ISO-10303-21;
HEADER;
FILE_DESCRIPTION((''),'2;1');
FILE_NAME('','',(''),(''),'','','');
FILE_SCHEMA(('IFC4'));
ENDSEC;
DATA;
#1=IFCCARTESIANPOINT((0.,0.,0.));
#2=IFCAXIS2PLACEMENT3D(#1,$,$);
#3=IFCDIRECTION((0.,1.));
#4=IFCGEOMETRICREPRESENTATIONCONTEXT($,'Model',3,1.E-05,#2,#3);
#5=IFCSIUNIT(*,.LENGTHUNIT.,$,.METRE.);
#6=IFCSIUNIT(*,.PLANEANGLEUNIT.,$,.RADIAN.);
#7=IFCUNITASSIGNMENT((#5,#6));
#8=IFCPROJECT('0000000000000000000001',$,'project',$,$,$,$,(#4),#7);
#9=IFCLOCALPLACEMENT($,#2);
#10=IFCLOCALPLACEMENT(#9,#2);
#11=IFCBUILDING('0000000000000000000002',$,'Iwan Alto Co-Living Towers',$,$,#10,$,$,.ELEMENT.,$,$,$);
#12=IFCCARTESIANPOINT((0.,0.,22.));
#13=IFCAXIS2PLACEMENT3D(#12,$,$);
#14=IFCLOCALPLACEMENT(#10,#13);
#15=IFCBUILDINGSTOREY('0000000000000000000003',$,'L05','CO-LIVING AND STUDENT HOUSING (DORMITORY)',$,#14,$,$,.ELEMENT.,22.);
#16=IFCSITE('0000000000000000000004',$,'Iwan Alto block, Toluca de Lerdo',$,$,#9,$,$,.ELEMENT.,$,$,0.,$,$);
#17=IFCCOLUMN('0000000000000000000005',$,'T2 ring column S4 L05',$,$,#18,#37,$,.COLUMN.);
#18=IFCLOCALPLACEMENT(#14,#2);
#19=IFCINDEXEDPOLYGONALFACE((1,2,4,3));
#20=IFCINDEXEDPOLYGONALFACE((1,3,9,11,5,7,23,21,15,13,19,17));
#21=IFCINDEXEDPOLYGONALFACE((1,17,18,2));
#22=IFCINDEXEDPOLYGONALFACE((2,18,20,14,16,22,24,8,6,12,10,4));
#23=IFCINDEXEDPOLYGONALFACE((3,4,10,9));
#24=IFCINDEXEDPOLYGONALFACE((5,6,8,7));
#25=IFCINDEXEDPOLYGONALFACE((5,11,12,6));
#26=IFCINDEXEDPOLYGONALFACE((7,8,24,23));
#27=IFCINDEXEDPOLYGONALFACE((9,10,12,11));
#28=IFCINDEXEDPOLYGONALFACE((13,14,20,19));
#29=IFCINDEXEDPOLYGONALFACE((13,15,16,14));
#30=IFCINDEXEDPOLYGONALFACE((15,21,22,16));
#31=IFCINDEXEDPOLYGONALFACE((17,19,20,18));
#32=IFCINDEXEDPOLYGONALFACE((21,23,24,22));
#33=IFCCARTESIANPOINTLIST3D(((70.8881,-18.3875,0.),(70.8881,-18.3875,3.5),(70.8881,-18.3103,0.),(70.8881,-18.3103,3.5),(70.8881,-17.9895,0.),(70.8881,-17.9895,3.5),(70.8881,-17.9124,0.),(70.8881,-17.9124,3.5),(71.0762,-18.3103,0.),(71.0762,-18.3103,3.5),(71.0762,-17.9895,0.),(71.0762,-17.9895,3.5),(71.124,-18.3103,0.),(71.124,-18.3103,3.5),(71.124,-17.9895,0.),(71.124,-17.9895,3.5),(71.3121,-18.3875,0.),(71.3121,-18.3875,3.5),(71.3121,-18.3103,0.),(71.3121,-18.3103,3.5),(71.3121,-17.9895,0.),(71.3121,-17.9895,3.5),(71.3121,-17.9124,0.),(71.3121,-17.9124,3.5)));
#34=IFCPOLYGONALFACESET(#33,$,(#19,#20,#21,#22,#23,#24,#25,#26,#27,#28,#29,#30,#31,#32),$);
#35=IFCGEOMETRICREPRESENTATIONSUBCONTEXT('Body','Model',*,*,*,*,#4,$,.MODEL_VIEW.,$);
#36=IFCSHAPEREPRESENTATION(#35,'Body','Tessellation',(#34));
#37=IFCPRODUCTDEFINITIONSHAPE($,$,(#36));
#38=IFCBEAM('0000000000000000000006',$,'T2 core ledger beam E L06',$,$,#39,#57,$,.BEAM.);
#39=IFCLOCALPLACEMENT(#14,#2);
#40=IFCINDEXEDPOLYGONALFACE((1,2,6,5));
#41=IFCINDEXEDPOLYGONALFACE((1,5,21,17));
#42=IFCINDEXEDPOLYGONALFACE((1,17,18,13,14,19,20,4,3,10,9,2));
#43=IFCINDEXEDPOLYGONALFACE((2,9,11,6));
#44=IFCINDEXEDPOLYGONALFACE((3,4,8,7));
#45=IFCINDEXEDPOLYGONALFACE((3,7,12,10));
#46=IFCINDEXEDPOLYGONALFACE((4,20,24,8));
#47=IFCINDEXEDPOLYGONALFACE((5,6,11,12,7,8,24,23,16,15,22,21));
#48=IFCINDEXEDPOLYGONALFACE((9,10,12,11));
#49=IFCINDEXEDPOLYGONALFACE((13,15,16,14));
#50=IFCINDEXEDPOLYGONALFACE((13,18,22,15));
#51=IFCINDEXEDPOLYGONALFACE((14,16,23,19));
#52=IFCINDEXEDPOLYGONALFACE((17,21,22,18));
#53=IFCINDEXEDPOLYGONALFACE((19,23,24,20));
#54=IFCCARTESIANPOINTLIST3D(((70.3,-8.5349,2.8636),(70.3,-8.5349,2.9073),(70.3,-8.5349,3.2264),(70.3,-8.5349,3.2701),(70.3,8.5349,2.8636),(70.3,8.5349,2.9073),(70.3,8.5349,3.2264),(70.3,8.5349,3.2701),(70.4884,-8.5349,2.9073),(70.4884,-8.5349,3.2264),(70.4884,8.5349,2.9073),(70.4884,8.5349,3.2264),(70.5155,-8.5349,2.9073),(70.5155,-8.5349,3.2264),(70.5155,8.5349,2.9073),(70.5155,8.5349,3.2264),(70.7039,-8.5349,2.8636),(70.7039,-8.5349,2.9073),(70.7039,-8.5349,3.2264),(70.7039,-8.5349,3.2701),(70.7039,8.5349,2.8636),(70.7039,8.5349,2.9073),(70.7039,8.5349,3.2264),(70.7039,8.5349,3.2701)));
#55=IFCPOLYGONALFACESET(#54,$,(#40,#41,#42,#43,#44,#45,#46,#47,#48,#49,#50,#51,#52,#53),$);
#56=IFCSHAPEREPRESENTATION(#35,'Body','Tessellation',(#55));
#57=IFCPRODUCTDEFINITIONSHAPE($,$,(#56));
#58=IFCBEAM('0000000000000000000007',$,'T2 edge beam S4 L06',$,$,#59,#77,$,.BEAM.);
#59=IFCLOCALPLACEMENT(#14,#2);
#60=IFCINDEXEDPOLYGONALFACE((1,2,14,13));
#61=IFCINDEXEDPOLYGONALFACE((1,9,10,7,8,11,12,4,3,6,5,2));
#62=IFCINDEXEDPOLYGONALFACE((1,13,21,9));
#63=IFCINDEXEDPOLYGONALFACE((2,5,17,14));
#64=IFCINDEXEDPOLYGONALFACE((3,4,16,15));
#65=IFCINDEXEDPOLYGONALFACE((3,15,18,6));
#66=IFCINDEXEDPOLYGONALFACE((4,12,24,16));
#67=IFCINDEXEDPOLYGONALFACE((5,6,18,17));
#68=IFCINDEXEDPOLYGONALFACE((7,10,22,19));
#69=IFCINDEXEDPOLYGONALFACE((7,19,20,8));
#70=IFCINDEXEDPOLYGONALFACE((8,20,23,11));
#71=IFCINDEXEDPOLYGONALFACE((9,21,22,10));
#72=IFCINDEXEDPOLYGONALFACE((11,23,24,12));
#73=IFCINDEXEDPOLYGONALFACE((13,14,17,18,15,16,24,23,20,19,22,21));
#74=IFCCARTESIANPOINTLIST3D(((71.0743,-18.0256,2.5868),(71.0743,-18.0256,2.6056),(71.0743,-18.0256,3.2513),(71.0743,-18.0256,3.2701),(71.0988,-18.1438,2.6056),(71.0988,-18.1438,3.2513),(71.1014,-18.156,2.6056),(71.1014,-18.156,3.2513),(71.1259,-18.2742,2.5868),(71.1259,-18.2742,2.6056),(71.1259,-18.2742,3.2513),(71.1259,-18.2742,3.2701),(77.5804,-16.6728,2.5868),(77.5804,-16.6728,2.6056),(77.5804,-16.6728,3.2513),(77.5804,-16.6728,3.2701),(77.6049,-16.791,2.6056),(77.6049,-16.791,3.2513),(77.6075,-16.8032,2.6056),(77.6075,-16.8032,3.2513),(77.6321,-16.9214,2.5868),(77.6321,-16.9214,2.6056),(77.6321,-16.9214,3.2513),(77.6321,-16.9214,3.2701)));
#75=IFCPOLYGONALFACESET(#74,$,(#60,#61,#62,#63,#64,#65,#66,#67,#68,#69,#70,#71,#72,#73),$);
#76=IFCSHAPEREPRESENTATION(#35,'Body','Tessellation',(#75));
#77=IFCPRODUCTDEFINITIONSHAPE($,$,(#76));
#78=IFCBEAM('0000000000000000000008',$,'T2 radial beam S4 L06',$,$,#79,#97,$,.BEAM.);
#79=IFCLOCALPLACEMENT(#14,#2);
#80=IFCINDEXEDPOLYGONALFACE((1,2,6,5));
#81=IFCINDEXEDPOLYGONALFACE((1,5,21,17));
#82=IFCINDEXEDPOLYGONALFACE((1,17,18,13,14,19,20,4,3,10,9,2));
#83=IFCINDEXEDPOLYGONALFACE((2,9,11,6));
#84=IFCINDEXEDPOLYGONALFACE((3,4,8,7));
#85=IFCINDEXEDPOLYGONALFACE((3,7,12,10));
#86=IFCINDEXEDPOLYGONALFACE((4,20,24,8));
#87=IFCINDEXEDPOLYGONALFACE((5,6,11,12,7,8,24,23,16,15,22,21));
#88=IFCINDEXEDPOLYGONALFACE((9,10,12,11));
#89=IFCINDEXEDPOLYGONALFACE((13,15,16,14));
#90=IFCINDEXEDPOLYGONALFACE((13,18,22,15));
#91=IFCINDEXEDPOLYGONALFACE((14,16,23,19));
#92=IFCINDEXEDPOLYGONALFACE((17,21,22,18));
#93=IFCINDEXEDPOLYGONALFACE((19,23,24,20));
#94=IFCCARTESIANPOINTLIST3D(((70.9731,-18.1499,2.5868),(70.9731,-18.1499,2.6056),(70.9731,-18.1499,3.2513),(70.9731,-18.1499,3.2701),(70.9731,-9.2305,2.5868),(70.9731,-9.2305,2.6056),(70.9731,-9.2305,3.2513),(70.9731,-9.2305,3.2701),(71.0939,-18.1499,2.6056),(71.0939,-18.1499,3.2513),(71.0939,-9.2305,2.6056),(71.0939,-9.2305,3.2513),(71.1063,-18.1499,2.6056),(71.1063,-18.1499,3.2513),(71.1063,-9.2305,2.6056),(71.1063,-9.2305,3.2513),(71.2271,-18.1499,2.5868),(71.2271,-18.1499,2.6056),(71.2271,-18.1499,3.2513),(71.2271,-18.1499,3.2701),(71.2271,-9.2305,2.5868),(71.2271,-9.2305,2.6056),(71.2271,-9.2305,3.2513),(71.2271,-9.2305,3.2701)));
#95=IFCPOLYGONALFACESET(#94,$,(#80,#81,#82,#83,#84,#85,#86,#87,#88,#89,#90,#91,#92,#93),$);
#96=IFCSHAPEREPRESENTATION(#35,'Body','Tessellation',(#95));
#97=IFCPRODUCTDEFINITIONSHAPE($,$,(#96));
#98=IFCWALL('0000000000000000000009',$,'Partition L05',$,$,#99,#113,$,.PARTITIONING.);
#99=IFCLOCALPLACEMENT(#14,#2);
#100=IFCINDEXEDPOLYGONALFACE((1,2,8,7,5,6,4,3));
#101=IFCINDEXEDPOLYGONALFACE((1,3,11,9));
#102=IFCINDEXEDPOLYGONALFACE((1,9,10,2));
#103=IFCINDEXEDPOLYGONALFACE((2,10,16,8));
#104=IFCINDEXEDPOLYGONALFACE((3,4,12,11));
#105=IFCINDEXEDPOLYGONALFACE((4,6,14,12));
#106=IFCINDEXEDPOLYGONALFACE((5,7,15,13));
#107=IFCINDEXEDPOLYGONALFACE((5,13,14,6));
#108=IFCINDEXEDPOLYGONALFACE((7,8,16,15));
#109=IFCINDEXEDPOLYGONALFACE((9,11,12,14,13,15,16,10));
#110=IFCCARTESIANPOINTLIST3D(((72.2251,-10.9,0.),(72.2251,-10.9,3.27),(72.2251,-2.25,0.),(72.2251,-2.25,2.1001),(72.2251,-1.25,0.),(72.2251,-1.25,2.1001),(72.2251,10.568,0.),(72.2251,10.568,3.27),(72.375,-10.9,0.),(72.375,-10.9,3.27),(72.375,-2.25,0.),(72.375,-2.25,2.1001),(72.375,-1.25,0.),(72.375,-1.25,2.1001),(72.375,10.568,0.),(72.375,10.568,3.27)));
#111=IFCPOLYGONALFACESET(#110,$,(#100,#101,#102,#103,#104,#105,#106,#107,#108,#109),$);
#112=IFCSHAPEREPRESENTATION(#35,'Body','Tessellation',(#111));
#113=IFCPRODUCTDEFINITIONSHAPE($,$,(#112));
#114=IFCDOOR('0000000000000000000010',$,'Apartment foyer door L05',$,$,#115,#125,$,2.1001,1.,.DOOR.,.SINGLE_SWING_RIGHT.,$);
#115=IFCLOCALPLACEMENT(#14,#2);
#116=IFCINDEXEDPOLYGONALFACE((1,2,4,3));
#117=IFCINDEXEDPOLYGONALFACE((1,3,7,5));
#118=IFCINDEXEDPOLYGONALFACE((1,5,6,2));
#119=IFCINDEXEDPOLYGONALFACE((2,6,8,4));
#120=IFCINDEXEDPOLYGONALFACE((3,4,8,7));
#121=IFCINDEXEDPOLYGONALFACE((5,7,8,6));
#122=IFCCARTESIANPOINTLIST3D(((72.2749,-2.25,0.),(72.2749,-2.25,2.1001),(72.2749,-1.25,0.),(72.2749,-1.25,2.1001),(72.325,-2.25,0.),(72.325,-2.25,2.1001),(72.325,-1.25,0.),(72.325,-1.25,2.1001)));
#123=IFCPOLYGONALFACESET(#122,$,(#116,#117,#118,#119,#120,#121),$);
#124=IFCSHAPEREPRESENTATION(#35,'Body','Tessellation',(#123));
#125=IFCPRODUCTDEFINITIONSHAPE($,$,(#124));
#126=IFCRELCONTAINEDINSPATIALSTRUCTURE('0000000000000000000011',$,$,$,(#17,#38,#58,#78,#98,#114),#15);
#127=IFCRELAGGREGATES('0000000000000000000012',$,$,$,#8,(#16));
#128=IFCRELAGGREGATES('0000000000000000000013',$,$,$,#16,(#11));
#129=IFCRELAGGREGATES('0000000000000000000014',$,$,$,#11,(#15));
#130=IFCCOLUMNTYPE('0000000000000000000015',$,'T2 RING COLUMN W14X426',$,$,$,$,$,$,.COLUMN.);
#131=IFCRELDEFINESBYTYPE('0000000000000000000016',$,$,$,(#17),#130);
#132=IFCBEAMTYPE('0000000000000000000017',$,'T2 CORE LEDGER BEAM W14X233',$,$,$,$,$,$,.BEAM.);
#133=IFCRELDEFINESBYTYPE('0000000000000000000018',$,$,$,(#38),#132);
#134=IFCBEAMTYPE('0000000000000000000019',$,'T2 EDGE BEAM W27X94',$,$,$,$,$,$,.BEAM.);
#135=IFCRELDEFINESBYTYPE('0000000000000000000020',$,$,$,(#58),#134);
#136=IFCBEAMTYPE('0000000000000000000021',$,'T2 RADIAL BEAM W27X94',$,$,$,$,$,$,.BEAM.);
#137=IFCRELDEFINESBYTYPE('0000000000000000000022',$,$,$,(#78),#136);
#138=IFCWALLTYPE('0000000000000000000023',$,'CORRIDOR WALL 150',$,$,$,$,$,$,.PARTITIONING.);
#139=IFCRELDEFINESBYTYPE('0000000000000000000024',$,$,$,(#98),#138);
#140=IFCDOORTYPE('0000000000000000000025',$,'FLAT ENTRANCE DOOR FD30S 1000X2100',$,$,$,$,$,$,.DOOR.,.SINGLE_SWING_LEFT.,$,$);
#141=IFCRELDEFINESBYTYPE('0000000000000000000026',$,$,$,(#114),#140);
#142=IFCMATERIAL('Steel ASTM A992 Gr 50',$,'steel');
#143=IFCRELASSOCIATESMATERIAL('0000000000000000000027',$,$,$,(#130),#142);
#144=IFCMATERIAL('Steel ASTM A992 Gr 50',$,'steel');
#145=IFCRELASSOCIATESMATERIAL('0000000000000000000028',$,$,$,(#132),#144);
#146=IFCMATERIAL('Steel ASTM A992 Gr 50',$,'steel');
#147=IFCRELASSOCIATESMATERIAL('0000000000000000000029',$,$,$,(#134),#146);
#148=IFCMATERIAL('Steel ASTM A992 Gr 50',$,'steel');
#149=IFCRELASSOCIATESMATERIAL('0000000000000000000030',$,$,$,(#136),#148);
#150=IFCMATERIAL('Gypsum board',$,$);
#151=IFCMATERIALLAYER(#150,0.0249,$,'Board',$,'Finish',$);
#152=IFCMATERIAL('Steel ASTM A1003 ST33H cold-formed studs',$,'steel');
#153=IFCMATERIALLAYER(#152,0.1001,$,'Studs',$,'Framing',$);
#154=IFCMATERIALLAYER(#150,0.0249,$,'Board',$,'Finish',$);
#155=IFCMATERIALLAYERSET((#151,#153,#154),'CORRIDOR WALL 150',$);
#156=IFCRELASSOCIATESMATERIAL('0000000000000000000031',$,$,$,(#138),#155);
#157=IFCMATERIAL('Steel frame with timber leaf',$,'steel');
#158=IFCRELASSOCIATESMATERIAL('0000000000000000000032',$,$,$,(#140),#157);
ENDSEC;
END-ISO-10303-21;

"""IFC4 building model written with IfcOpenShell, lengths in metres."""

from ifc_helpers import new_model, si_unit, direction, frame, frame_2d, origin, origin_2d, place, context, subcontext, project, spatial, rectangle, i_section, extrude, material, layer, layer_set, material_profile, profile_set, type_object, element, fill, save


model = new_model("IFC4")

# Units and contexts
model_context = context("Model", 3, precision=1e-05, world=origin(), true_north=direction((0.0, 1.0)))
body_context = subcontext(model_context, "Body", "Model", "MODEL_VIEW")
ifc_project = project(units=[si_unit("LENGTHUNIT", "METRE"), si_unit("PLANEANGLEUNIT", "RADIAN")], contexts=[model_context])

# Site, building, storey
site_placement = place(None, origin())
site = spatial("IfcSite", under=ifc_project, at=site_placement, Name="Iwan Alto block, Toluca de Lerdo", CompositionType="ELEMENT", RefElevation=0.0)
building_placement = place(site_placement, origin())
building = spatial("IfcBuilding", under=site, at=building_placement, Name="Iwan Alto Co-Living Towers", CompositionType="ELEMENT")
storey_placement = place(building_placement, frame((0.0, 0.0, 22.0)))
storey = spatial("IfcBuildingStorey", under=building, at=storey_placement, Name="L05", Description="CO-LIVING AND STUDENT HOUSING (DORMITORY)", CompositionType="ELEMENT", Elevation=22.0)

# Column
ifc_material_1 = material(Name="Steel ASTM A992 Gr 50", Category="steel")
ifc_material_profile_1 = material_profile(ifc_material_1, i_section(OverallWidth=0.4241, OverallDepth=0.4751, WebThickness=0.0479, FlangeThickness=0.0771, at=origin_2d()), Name="W14X426")
ifc_profile_set_1 = profile_set([ifc_material_profile_1], Name="Steel ASTM A992 Gr 50")
column_type = type_object("IfcColumnType", Name="T2 RING COLUMN W14X426", PredefinedType="COLUMN", material=ifc_profile_set_1)
column_placement = place(storey_placement, frame((71.1001, -18.1499, 0.0), z_axis=(0.0, 0.0, 1.0), x_axis=(1.0, 0.0, 0.0)))
element("IfcColumn", 1, at=column_placement, inside=storey, type_object=column_type, Name="T2 ring column S4 L05", PredefinedType="COLUMN", context=body_context, shape_type="SweptSolid", body=[
    extrude(i_section(OverallWidth=0.4241, OverallDepth=0.4751, WebThickness=0.0479, FlangeThickness=0.0771, at=origin_2d()), origin(), (0.0, 0.0, 1.0), 3.5),
])

# Beams
ifc_material_2 = material(Name="Steel ASTM A992 Gr 50", Category="steel")
ifc_material_profile_2 = material_profile(ifc_material_2, i_section(OverallWidth=0.4038, OverallDepth=0.4065, WebThickness=0.0271, FlangeThickness=0.0437, at=origin_2d()), Name="W14X233")
ifc_profile_set_2 = profile_set([ifc_material_profile_2], Name="Steel ASTM A992 Gr 50")
beam_type_1 = type_object("IfcBeamType", Name="T2 CORE LEDGER BEAM W14X233", PredefinedType="BEAM", material=ifc_profile_set_2)
beam_1_placement = place(storey_placement, frame((70.502, -8.5349, 3.0669), z_axis=(0.0, 1.0, 0.0), x_axis=(-1.0, 0.0, 0.0)))
element("IfcBeam", 2, at=beam_1_placement, inside=storey, type_object=beam_type_1, Name="T2 core ledger beam E L06", PredefinedType="BEAM", context=body_context, shape_type="SweptSolid", body=[
    extrude(i_section(OverallWidth=0.4038, OverallDepth=0.4065, WebThickness=0.0271, FlangeThickness=0.0437, at=origin_2d()), origin(), (0.0, 0.0, 1.0), 17.0698),
])
ifc_material_3 = material(Name="Steel ASTM A992 Gr 50", Category="steel")
ifc_material_profile_3 = material_profile(ifc_material_3, i_section(OverallWidth=0.2539, OverallDepth=0.6833, WebThickness=0.0125, FlangeThickness=0.0188, at=origin_2d()), Name="W27X94")
ifc_profile_set_3 = profile_set([ifc_material_profile_3], Name="Steel ASTM A992 Gr 50")
beam_type_2 = type_object("IfcBeamType", Name="T2 EDGE BEAM W27X94", PredefinedType="BEAM", material=ifc_profile_set_3)
beam_2_placement = place(storey_placement, frame((71.1001, -18.1499, 2.9285), z_axis=(0.97906, 0.203571, 0.0), x_axis=(-0.203571, 0.97906, 0.0)))
element("IfcBeam", 3, at=beam_2_placement, inside=storey, type_object=beam_type_2, Name="T2 edge beam S4 L06", PredefinedType="BEAM", context=body_context, shape_type="SweptSolid", body=[
    extrude(i_section(OverallWidth=0.2539, OverallDepth=0.6833, WebThickness=0.0125, FlangeThickness=0.0188, at=origin_2d()), origin(), (0.0, 0.0, 1.0), 6.6453),
])
ifc_material_4 = material(Name="Steel ASTM A992 Gr 50", Category="steel")
ifc_material_profile_4 = material_profile(ifc_material_4, i_section(OverallWidth=0.2539, OverallDepth=0.6833, WebThickness=0.0125, FlangeThickness=0.0188, at=origin_2d()), Name="W27X94")
ifc_profile_set_4 = profile_set([ifc_material_profile_4], Name="Steel ASTM A992 Gr 50")
beam_type_3 = type_object("IfcBeamType", Name="T2 RADIAL BEAM W27X94", PredefinedType="BEAM", material=ifc_profile_set_4)
beam_3_placement = place(storey_placement, frame((71.1001, -18.1499, 2.9285), z_axis=(0.0, 1.0, 0.0), x_axis=(-1.0, 0.0, 0.0)))
element("IfcBeam", 4, at=beam_3_placement, inside=storey, type_object=beam_type_3, Name="T2 radial beam S4 L06", PredefinedType="BEAM", context=body_context, shape_type="SweptSolid", body=[
    extrude(i_section(OverallWidth=0.2539, OverallDepth=0.6833, WebThickness=0.0125, FlangeThickness=0.0188, at=origin_2d()), origin(), (0.0, 0.0, 1.0), 8.9194),
])

# Wall, opening, door
ifc_material_5 = material(Name="Gypsum board")
ifc_layer_1 = layer(ifc_material_5, 0.0249, Name="Board", Category="Finish")
ifc_material_6 = material(Name="Steel ASTM A1003 ST33H cold-formed studs", Category="steel")
ifc_layer_2 = layer(ifc_material_6, 0.1001, Name="Studs", Category="Framing")
ifc_layer_3 = layer(ifc_material_5, 0.0249, Name="Board", Category="Finish")
ifc_layer_set_1 = layer_set([ifc_layer_1, ifc_layer_2, ifc_layer_3], Name="CORRIDOR WALL 150")
wall_type_1 = type_object("IfcWallType", Name="CORRIDOR WALL 150", PredefinedType="PARTITIONING", material=ifc_layer_set_1)
wall_1_placement = place(storey_placement, frame((72.3, -10.8999, 0.0), z_axis=(0.0, 0.0, 1.0), x_axis=(0.0, 1.0, 0.0)))
wall_1 = element("IfcWall", 5, at=wall_1_placement, inside=storey, type_object=wall_type_1, Name="Partition L05", PredefinedType="PARTITIONING", context=body_context, shape_type="SweptSolid", body=[
    extrude(rectangle(XDim=21.468, YDim=0.1499, at=frame_2d((10.7339, 0.0))), origin(), (0.0, 0.0, 1.0), 3.27),
])
opening_1_placement = place(wall_1_placement, frame((8.6499, 0.0, 0.0)))
opening_1 = element("IfcOpeningElement", 6, at=opening_1_placement, cuts=wall_1, PredefinedType="OPENING", context=body_context, shape_type="SweptSolid", body=[
    extrude(rectangle(XDim=1.0, YDim=2.1001, at=frame_2d((0.5, 1.05))), frame((0.0, 0.085, 0.0), z_axis=(0.0, -1.0, 0.0), x_axis=(1.0, 0.0, 0.0)), (0.0, 0.0, 1.0), 0.1699),
])
ifc_material_7 = material(Name="Steel frame with timber leaf", Category="steel")
door_type_1 = type_object("IfcDoorType", Name="FLAT ENTRANCE DOOR FD30S 1000X2100", OperationType="SINGLE_SWING_LEFT", PredefinedType="DOOR", material=ifc_material_7)
door_1_placement = place(opening_1_placement, frame((1.0, 0.0, 0.0), z_axis=(0.0, 0.0, 1.0), x_axis=(-1.0, 0.0, 0.0)))
door_1 = element("IfcDoor", 7, at=door_1_placement, inside=storey, type_object=door_type_1, Name="Apartment foyer door L05", OperationType="SINGLE_SWING_RIGHT", OverallHeight=2.1001, OverallWidth=1.0, PredefinedType="DOOR", context=body_context, shape_type="SweptSolid", body=[
    extrude(rectangle(XDim=1.0, YDim=2.1001, at=frame_2d((0.5, 1.05))), frame((0.0, 0.0249, 0.0), z_axis=(0.0, -1.0, 0.0), x_axis=(1.0, 0.0, 0.0)), (0.0, 0.0, 1.0), 0.05),
])
fill(opening_1, door_1)

save(model, "model.ifc")
